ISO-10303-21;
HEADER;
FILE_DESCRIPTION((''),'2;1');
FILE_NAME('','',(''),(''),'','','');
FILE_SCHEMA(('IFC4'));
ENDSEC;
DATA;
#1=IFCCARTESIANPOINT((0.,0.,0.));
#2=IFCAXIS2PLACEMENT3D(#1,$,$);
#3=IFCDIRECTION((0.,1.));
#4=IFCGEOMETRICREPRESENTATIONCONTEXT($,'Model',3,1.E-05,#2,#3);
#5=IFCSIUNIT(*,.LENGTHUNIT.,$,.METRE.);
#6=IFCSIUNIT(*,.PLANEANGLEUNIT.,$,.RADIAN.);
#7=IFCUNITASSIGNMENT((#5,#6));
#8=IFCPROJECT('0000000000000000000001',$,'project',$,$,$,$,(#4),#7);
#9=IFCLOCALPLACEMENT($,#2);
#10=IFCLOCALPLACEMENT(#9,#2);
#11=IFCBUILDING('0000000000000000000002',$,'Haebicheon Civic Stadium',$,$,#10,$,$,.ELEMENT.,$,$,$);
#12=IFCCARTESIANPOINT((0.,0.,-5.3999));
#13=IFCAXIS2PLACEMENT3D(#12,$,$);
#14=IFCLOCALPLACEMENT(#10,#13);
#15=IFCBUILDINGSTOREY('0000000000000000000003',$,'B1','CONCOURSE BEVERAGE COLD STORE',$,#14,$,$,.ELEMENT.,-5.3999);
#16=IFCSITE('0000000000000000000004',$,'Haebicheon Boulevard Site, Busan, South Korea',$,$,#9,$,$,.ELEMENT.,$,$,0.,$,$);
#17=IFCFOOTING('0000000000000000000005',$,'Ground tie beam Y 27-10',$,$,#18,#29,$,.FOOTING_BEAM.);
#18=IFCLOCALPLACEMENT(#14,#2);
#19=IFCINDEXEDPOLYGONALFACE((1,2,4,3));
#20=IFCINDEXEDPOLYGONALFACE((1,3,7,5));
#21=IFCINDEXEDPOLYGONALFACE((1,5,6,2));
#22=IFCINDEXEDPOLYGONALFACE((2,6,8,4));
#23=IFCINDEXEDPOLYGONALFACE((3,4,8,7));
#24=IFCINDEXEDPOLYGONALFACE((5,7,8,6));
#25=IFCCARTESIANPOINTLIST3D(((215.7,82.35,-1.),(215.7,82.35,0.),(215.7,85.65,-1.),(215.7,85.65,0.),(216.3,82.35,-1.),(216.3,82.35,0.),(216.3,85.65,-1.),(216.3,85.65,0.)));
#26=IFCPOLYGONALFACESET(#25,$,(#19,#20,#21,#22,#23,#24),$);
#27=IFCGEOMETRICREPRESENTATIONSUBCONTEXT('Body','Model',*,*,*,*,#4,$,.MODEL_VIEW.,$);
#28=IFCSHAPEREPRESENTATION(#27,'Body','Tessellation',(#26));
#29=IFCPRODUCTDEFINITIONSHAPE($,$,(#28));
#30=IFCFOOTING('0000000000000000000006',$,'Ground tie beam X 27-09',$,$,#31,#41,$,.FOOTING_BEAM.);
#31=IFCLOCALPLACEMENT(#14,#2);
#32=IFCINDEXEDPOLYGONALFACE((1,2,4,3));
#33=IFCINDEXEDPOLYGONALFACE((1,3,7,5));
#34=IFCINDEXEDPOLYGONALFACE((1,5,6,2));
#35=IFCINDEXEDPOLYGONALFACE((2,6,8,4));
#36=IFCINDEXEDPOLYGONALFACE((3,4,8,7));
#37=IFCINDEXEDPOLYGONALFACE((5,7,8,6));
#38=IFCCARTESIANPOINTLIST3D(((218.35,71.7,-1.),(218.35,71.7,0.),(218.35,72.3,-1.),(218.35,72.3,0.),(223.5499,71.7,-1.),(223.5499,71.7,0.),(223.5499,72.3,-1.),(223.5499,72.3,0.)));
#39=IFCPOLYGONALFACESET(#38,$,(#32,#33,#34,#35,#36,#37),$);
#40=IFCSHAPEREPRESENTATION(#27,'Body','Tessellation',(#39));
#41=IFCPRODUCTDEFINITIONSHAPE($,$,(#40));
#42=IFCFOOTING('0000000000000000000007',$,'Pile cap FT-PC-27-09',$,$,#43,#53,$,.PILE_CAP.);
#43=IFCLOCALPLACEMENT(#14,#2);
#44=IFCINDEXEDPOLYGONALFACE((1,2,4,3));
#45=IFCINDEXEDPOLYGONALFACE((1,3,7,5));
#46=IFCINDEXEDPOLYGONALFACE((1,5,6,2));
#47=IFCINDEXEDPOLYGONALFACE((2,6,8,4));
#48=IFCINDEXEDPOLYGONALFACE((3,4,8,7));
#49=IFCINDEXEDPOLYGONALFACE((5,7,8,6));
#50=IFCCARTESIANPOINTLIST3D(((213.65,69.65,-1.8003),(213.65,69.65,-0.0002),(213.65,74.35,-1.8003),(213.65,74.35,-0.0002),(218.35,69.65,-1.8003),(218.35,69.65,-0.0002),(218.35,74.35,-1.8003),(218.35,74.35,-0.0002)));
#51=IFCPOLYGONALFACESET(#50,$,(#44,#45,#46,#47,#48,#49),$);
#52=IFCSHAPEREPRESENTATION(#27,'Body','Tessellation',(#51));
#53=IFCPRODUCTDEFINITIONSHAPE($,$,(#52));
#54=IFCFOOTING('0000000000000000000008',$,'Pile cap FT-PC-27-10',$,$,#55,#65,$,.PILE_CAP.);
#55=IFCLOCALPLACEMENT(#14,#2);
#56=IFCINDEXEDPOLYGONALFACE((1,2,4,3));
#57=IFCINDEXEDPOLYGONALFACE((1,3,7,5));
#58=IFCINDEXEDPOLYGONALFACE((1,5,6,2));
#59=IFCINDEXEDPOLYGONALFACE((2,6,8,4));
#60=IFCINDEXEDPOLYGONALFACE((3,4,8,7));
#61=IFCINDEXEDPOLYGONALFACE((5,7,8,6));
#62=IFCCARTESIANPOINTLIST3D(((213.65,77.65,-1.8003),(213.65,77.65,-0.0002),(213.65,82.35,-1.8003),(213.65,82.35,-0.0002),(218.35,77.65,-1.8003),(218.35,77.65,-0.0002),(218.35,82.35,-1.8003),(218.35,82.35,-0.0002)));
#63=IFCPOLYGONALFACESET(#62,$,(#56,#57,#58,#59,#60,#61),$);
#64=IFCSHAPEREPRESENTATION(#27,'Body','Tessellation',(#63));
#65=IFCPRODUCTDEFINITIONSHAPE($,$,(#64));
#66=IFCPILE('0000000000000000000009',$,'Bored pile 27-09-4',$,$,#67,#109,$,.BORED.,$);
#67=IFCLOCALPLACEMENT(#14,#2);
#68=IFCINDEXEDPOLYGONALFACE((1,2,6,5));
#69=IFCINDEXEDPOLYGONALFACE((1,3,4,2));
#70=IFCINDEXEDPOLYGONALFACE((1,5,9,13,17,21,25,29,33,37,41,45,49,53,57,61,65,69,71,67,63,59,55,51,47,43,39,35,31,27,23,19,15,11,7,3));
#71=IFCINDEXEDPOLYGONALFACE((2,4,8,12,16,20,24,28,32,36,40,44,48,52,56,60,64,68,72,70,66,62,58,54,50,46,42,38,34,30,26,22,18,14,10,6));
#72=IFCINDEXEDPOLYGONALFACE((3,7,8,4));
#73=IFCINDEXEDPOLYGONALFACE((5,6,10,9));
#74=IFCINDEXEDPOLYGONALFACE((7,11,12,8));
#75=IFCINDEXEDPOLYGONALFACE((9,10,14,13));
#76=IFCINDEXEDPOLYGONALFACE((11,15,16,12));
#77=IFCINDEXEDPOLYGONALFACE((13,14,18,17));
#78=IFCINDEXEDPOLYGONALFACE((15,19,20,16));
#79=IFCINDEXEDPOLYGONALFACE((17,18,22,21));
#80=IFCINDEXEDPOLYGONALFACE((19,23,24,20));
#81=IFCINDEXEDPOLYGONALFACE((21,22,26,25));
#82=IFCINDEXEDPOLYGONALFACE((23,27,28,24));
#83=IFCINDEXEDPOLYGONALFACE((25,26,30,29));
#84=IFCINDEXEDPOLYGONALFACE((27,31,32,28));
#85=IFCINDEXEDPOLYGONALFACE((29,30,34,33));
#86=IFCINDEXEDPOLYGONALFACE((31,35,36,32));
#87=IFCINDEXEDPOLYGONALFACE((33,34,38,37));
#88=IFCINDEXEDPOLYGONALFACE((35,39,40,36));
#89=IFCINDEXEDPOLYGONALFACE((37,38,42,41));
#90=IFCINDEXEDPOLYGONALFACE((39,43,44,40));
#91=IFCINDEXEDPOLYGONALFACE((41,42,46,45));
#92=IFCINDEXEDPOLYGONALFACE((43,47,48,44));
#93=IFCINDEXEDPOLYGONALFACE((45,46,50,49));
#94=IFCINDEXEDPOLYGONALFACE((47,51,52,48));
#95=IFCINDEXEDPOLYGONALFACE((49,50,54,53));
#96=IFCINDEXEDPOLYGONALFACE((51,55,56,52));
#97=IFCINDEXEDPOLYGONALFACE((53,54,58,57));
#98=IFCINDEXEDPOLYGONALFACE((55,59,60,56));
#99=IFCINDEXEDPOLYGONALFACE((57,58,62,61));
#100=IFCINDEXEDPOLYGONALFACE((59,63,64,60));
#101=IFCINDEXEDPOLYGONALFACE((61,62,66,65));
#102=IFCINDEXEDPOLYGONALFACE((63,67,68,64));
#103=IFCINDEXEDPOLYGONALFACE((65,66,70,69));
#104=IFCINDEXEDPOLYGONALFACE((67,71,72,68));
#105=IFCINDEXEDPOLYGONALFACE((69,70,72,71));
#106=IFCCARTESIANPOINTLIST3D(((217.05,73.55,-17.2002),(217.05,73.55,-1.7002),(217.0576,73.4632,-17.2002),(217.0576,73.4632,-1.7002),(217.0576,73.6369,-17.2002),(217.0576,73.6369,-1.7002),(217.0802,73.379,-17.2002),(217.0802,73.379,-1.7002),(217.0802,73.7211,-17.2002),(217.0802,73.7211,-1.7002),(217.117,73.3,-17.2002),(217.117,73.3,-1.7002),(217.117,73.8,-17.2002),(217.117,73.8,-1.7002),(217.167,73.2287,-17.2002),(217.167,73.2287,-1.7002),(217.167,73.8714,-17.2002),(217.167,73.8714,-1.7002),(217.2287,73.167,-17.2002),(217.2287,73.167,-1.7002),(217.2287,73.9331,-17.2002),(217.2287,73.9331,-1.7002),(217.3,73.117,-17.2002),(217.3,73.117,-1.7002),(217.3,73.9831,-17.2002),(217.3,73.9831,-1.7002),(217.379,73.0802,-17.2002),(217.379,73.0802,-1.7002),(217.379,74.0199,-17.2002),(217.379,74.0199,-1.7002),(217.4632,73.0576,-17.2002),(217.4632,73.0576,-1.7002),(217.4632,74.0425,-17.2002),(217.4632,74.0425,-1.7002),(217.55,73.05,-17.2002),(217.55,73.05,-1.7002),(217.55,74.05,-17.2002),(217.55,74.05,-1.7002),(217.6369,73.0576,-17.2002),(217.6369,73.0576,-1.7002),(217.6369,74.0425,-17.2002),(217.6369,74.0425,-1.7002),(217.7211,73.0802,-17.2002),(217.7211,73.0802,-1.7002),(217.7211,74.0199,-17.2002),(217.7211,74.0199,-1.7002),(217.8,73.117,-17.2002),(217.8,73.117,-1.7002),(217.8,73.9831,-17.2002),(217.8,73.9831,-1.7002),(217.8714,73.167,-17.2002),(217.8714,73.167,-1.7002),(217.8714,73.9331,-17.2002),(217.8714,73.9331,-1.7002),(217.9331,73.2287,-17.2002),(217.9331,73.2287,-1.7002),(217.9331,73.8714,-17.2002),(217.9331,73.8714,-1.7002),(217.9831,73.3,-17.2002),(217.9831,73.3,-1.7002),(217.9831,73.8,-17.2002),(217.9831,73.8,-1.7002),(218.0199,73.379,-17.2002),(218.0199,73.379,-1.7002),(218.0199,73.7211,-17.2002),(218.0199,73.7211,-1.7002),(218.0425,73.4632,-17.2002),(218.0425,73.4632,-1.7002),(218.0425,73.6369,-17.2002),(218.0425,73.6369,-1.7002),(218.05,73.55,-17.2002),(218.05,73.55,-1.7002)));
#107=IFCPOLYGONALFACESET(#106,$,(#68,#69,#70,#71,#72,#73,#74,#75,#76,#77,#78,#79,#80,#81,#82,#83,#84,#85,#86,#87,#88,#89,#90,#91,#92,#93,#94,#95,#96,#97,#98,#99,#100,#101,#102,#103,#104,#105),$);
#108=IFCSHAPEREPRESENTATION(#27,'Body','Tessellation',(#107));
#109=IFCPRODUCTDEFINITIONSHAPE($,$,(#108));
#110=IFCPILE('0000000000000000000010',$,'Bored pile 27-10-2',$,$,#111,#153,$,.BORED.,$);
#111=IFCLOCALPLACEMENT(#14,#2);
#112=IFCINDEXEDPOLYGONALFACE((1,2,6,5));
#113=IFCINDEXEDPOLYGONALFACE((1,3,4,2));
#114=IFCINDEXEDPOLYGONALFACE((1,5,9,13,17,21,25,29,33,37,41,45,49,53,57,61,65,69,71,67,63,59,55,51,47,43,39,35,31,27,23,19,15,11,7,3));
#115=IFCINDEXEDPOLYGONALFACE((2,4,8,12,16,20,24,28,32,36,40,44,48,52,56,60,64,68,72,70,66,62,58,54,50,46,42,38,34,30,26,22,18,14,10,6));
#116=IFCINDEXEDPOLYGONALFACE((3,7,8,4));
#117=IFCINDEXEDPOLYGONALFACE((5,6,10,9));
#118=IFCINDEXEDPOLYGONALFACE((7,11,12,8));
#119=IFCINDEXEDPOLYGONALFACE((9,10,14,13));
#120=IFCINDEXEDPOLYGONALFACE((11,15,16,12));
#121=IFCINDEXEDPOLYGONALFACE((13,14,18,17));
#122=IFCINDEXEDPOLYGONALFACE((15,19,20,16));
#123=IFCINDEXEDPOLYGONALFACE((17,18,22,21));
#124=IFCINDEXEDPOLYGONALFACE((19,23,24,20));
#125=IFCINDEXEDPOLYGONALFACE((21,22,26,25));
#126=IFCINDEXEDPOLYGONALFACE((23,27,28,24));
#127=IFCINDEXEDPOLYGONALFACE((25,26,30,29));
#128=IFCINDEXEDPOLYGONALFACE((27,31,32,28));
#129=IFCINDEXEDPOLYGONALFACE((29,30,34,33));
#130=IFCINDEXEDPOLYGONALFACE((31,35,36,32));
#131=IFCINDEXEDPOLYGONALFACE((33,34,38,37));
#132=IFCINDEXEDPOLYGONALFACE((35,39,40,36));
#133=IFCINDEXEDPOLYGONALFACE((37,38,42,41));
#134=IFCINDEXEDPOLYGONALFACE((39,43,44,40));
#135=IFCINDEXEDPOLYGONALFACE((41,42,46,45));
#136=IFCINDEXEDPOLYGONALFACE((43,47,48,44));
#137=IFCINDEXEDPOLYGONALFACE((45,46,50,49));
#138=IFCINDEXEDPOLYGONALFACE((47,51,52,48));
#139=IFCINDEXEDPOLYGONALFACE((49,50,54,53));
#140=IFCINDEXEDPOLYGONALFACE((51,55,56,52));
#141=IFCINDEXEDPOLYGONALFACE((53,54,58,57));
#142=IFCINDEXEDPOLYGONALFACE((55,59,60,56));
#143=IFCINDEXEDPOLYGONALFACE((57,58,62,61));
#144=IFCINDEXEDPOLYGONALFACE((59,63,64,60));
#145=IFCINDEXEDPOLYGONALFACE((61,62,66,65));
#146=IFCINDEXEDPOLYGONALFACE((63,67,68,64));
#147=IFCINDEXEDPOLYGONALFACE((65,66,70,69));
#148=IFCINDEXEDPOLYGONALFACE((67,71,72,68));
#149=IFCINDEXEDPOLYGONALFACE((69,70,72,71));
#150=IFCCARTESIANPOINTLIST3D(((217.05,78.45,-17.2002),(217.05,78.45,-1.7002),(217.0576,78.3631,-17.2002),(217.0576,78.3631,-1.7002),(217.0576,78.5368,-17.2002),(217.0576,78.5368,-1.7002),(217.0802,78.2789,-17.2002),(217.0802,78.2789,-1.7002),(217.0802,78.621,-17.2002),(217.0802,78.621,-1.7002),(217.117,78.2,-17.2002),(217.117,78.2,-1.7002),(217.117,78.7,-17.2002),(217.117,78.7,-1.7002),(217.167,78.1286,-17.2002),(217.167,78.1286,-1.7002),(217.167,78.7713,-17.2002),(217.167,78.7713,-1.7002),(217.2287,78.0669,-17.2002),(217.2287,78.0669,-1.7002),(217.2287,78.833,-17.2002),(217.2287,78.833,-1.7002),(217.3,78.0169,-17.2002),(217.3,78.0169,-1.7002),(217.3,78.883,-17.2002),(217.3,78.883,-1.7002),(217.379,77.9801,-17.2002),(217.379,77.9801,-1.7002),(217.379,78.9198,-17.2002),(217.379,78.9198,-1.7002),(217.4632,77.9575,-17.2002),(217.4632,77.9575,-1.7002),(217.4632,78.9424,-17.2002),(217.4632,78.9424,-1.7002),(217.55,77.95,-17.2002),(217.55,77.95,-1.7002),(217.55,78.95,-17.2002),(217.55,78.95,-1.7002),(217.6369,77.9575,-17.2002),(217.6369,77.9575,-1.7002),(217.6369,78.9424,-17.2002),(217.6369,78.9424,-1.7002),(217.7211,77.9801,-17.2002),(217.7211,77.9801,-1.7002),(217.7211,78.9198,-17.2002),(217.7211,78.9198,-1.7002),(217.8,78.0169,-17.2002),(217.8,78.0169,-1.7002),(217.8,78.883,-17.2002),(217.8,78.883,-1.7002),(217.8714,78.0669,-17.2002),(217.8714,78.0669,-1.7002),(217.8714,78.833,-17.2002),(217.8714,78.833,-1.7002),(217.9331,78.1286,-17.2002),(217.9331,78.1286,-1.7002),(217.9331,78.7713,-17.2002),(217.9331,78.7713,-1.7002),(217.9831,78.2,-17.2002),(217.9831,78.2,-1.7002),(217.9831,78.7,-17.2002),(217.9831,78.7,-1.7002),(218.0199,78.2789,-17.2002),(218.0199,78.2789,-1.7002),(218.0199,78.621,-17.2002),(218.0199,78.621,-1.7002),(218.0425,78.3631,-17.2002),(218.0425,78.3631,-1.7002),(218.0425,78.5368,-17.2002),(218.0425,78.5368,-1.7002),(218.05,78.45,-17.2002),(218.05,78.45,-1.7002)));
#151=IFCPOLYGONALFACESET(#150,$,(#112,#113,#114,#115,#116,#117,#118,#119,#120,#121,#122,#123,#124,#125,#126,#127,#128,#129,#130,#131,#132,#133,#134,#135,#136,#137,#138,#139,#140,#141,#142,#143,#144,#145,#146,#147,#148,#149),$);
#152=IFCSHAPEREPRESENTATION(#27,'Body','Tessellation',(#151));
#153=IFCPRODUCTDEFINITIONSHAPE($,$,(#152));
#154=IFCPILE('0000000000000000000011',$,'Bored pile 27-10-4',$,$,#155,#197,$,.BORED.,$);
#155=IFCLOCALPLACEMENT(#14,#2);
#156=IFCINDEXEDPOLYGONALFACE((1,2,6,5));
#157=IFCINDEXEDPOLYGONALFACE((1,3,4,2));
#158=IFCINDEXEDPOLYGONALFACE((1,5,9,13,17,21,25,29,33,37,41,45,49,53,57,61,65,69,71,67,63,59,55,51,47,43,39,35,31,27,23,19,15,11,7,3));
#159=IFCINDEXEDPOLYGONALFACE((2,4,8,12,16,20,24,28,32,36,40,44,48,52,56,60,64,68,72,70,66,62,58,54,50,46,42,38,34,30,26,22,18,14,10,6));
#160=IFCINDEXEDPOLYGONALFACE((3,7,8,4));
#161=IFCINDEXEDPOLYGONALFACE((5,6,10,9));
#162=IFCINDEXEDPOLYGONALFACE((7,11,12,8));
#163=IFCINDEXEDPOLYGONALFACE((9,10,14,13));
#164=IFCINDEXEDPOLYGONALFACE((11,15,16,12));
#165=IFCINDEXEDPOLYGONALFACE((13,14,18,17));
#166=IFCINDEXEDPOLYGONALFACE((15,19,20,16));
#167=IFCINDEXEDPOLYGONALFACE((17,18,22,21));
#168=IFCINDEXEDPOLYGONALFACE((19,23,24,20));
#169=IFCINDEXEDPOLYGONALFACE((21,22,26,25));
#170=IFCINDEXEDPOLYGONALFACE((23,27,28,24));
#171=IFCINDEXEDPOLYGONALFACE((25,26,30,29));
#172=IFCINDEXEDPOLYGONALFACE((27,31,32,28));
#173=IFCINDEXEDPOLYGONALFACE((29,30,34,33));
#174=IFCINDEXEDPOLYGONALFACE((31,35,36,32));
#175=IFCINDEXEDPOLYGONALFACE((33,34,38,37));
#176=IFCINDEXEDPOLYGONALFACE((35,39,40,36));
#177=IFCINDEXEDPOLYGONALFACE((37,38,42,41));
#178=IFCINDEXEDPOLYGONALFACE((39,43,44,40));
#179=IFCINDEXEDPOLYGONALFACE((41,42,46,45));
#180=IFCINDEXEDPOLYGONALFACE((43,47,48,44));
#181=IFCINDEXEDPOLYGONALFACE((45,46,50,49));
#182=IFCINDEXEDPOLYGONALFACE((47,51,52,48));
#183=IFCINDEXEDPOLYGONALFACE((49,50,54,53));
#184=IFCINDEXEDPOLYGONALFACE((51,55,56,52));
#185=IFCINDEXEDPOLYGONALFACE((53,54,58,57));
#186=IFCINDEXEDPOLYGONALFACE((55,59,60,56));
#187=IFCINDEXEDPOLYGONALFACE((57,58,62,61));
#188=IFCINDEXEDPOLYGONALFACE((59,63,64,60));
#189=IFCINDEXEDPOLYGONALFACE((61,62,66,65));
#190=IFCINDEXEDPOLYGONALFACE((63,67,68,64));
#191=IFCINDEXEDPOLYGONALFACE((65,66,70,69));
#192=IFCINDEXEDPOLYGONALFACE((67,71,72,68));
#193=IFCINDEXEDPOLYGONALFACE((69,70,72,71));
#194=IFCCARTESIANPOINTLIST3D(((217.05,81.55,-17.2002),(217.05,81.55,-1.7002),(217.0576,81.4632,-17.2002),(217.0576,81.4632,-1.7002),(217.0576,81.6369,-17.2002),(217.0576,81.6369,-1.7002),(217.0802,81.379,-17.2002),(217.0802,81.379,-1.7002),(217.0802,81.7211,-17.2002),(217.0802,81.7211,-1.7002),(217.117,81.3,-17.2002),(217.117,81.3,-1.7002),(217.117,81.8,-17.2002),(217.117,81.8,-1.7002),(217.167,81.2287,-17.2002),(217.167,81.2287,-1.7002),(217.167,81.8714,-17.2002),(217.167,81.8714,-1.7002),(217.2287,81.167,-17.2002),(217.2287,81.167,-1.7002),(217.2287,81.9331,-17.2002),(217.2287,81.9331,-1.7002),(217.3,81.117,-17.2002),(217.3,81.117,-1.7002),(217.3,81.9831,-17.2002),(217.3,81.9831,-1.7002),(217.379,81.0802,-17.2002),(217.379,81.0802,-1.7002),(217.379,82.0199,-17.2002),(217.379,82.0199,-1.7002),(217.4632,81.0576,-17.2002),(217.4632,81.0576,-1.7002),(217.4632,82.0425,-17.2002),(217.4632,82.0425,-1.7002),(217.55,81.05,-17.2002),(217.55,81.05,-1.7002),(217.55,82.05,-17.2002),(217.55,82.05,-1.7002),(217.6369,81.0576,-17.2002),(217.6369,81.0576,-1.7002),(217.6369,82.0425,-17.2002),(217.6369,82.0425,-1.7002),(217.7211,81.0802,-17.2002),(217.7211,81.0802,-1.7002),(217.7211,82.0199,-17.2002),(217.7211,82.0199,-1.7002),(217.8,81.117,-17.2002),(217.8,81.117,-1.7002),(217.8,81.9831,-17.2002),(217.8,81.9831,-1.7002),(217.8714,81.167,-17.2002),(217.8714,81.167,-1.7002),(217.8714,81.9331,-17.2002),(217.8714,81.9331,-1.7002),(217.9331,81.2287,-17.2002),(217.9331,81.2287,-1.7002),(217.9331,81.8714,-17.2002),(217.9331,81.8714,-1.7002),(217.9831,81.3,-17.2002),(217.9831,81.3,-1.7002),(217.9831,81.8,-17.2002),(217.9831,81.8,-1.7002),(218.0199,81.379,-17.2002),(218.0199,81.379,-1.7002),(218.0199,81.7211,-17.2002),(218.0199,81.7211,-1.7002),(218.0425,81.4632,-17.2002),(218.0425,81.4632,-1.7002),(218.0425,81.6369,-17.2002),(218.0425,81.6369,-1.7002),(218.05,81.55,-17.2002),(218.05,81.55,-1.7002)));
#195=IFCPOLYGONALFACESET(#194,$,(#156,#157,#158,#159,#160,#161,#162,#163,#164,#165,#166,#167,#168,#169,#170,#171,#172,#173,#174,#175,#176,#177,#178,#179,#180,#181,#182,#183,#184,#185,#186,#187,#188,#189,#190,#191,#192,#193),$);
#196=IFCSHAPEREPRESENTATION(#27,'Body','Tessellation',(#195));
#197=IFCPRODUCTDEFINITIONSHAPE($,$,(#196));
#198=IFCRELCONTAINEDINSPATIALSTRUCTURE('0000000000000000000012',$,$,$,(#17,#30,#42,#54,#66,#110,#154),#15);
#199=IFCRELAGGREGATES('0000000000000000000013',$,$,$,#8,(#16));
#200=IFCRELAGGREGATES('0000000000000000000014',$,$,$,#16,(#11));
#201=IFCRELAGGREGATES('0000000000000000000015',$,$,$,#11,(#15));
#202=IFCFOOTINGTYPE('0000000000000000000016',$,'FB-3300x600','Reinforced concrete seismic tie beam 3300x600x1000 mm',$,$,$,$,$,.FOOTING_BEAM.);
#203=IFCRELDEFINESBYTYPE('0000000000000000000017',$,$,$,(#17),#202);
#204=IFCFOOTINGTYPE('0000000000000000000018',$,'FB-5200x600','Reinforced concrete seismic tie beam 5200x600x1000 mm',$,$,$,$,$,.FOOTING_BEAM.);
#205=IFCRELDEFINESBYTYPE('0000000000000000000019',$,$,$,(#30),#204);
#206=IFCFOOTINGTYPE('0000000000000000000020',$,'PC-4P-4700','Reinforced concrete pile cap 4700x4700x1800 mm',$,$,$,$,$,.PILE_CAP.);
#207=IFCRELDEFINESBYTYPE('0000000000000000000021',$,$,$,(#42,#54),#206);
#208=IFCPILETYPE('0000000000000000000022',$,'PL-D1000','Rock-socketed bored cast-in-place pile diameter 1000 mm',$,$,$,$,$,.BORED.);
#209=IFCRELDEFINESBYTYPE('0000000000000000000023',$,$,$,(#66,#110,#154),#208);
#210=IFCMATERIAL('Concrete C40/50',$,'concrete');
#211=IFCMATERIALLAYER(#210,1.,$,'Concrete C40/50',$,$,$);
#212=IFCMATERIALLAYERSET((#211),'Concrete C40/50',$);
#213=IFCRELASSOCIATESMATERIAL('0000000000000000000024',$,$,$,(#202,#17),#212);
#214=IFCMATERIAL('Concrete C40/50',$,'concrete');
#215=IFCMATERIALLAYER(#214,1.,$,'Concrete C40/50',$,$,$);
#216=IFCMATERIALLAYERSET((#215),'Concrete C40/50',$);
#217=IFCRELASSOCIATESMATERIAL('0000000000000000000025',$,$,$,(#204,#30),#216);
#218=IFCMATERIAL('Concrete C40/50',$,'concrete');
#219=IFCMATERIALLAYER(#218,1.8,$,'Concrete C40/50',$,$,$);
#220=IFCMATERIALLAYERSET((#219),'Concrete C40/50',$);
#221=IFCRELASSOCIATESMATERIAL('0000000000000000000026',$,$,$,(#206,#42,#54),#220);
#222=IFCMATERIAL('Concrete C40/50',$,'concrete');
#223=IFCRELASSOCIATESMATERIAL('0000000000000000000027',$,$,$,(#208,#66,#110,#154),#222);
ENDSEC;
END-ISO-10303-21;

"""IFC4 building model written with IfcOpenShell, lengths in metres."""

from ifc_helpers import new_model, si_unit, direction, frame, origin, origin_2d, place, context, subcontext, project, spatial, rectangle, circle, extrude, material, layer, layer_set, material_profile, profile_set, type_object, element, save


model = new_model("IFC4")

# Units and contexts
model_context = context("Model", 3, precision=1e-05, world=origin(), true_north=direction((0.0, 1.0)))
body_context = subcontext(model_context, "Body", "Model", "MODEL_VIEW")
ifc_project = project(units=[si_unit("LENGTHUNIT", "METRE"), si_unit("PLANEANGLEUNIT", "RADIAN")], contexts=[model_context])

# Site, building, storey
site_placement = place(None, origin())
site = spatial("IfcSite", under=ifc_project, at=site_placement, Name="Haebicheon Boulevard Site, Busan, South Korea", CompositionType="ELEMENT", RefElevation=0.0)
building_placement = place(site_placement, origin())
building = spatial("IfcBuilding", under=site, at=building_placement, Name="Haebicheon Civic Stadium", CompositionType="ELEMENT")
storey_placement = place(building_placement, frame((0.0, 0.0, -5.3999)))
storey = spatial("IfcBuildingStorey", under=building, at=storey_placement, Name="B1", Description="CONCOURSE BEVERAGE COLD STORE", CompositionType="ELEMENT", Elevation=-5.3999)

# Footings
ifc_material_1 = material(Name="Concrete C40/50", Category="concrete")
ifc_layer_1 = layer(ifc_material_1, 1.0, Name="Concrete C40/50")
ifc_layer_set_1 = layer_set([ifc_layer_1], Name="Concrete C40/50")
footing_type_1 = type_object("IfcFootingType", Name="FB-3300x600", Description="Reinforced concrete seismic tie beam 3300x600x1000 mm", PredefinedType="FOOTING_BEAM", material=ifc_layer_set_1)
footing_1_placement = place(storey_placement, frame((216.0, 84.0, -1.0), z_axis=(0.0, 0.0, 1.0), x_axis=(0.0, 1.0, 0.0)))
element("IfcFooting", 1, at=footing_1_placement, inside=storey, type_object=footing_type_1, material=ifc_layer_set_1, Name="Ground tie beam Y 27-10", PredefinedType="FOOTING_BEAM", context=body_context, shape_type="SweptSolid", body=[
    extrude(rectangle(XDim=3.3, YDim=0.6001, at=origin_2d()), origin(), (0.0, 0.0, 1.0), 1.0),
])
ifc_material_2 = material(Name="Concrete C40/50", Category="concrete")
ifc_layer_2 = layer(ifc_material_2, 1.0, Name="Concrete C40/50")
ifc_layer_set_2 = layer_set([ifc_layer_2], Name="Concrete C40/50")
footing_type_2 = type_object("IfcFootingType", Name="FB-5200x600", Description="Reinforced concrete seismic tie beam 5200x600x1000 mm", PredefinedType="FOOTING_BEAM", material=ifc_layer_set_2)
footing_2_placement = place(storey_placement, frame((220.95, 72.0, -1.0), z_axis=(0.0, 0.0, 1.0), x_axis=(1.0, 0.0, 0.0)))
element("IfcFooting", 2, at=footing_2_placement, inside=storey, type_object=footing_type_2, material=ifc_layer_set_2, Name="Ground tie beam X 27-09", PredefinedType="FOOTING_BEAM", context=body_context, shape_type="SweptSolid", body=[
    extrude(rectangle(XDim=5.2, YDim=0.6001, at=origin_2d()), origin(), (0.0, 0.0, 1.0), 1.0),
])
ifc_material_3 = material(Name="Concrete C40/50", Category="concrete")
ifc_layer_3 = layer(ifc_material_3, 1.8, Name="Concrete C40/50")
ifc_layer_set_3 = layer_set([ifc_layer_3], Name="Concrete C40/50")
footing_type_3 = type_object("IfcFootingType", Name="PC-4P-4700", Description="Reinforced concrete pile cap 4700x4700x1800 mm", PredefinedType="PILE_CAP", material=ifc_layer_set_3)
for number, where, z_axis, x_axis, name in (
    (3, (216.0, 72.0, -1.8003), (0.0, 0.0, 1.0), (1.0, 0.0, 0.0), "Pile cap FT-PC-27-09"),
    (4, (216.0, 80.0, -1.8003), (0.0, 0.0, 1.0), (1.0, 0.0, 0.0), "Pile cap FT-PC-27-10"),
):
    element("IfcFooting", number, at=place(storey_placement, frame(where, z_axis=z_axis, x_axis=x_axis)), inside=storey, type_object=footing_type_3, material=ifc_layer_set_3, Name=name, PredefinedType="PILE_CAP", context=body_context, shape_type="SweptSolid", body=[
        extrude(rectangle(XDim=4.7, YDim=4.7, at=origin_2d()), origin(), (0.0, 0.0, 1.0), 1.8),
    ])

# Piles
ifc_material_4 = material(Name="Concrete C40/50", Category="concrete")
ifc_material_profile_1 = material_profile(ifc_material_4, circle(Radius=0.5, at=origin_2d()), Name="PILE-D1000")
ifc_profile_set_1 = profile_set([ifc_material_profile_1], Name="Concrete C40/50")
pile_type = type_object("IfcPileType", Name="PL-D1000", Description="Rock-socketed bored cast-in-place pile diameter 1000 mm", PredefinedType="BORED", material=ifc_profile_set_1)
for number, where, z_axis, x_axis, name in (
    (5, (217.55, 73.55, -1.7002), (0.0, 0.0, -1.0), (1.0, 0.0, 0.0), "Bored pile 27-09-4"),
    (6, (217.55, 78.45, -1.7002), (0.0, 0.0, -1.0), (1.0, 0.0, 0.0), "Bored pile 27-10-2"),
    (7, (217.55, 81.55, -1.7002), (0.0, 0.0, -1.0), (1.0, 0.0, 0.0), "Bored pile 27-10-4"),
):
    element("IfcPile", number, at=place(storey_placement, frame(where, z_axis=z_axis, x_axis=x_axis)), inside=storey, type_object=pile_type, material=ifc_profile_set_1, Name=name, PredefinedType="BORED", context=body_context, shape_type="SweptSolid", body=[
        extrude(circle(Radius=0.5, at=origin_2d()), origin(), (0.0, 0.0, 1.0), 15.5),
    ])

save(model, "model.ifc")
